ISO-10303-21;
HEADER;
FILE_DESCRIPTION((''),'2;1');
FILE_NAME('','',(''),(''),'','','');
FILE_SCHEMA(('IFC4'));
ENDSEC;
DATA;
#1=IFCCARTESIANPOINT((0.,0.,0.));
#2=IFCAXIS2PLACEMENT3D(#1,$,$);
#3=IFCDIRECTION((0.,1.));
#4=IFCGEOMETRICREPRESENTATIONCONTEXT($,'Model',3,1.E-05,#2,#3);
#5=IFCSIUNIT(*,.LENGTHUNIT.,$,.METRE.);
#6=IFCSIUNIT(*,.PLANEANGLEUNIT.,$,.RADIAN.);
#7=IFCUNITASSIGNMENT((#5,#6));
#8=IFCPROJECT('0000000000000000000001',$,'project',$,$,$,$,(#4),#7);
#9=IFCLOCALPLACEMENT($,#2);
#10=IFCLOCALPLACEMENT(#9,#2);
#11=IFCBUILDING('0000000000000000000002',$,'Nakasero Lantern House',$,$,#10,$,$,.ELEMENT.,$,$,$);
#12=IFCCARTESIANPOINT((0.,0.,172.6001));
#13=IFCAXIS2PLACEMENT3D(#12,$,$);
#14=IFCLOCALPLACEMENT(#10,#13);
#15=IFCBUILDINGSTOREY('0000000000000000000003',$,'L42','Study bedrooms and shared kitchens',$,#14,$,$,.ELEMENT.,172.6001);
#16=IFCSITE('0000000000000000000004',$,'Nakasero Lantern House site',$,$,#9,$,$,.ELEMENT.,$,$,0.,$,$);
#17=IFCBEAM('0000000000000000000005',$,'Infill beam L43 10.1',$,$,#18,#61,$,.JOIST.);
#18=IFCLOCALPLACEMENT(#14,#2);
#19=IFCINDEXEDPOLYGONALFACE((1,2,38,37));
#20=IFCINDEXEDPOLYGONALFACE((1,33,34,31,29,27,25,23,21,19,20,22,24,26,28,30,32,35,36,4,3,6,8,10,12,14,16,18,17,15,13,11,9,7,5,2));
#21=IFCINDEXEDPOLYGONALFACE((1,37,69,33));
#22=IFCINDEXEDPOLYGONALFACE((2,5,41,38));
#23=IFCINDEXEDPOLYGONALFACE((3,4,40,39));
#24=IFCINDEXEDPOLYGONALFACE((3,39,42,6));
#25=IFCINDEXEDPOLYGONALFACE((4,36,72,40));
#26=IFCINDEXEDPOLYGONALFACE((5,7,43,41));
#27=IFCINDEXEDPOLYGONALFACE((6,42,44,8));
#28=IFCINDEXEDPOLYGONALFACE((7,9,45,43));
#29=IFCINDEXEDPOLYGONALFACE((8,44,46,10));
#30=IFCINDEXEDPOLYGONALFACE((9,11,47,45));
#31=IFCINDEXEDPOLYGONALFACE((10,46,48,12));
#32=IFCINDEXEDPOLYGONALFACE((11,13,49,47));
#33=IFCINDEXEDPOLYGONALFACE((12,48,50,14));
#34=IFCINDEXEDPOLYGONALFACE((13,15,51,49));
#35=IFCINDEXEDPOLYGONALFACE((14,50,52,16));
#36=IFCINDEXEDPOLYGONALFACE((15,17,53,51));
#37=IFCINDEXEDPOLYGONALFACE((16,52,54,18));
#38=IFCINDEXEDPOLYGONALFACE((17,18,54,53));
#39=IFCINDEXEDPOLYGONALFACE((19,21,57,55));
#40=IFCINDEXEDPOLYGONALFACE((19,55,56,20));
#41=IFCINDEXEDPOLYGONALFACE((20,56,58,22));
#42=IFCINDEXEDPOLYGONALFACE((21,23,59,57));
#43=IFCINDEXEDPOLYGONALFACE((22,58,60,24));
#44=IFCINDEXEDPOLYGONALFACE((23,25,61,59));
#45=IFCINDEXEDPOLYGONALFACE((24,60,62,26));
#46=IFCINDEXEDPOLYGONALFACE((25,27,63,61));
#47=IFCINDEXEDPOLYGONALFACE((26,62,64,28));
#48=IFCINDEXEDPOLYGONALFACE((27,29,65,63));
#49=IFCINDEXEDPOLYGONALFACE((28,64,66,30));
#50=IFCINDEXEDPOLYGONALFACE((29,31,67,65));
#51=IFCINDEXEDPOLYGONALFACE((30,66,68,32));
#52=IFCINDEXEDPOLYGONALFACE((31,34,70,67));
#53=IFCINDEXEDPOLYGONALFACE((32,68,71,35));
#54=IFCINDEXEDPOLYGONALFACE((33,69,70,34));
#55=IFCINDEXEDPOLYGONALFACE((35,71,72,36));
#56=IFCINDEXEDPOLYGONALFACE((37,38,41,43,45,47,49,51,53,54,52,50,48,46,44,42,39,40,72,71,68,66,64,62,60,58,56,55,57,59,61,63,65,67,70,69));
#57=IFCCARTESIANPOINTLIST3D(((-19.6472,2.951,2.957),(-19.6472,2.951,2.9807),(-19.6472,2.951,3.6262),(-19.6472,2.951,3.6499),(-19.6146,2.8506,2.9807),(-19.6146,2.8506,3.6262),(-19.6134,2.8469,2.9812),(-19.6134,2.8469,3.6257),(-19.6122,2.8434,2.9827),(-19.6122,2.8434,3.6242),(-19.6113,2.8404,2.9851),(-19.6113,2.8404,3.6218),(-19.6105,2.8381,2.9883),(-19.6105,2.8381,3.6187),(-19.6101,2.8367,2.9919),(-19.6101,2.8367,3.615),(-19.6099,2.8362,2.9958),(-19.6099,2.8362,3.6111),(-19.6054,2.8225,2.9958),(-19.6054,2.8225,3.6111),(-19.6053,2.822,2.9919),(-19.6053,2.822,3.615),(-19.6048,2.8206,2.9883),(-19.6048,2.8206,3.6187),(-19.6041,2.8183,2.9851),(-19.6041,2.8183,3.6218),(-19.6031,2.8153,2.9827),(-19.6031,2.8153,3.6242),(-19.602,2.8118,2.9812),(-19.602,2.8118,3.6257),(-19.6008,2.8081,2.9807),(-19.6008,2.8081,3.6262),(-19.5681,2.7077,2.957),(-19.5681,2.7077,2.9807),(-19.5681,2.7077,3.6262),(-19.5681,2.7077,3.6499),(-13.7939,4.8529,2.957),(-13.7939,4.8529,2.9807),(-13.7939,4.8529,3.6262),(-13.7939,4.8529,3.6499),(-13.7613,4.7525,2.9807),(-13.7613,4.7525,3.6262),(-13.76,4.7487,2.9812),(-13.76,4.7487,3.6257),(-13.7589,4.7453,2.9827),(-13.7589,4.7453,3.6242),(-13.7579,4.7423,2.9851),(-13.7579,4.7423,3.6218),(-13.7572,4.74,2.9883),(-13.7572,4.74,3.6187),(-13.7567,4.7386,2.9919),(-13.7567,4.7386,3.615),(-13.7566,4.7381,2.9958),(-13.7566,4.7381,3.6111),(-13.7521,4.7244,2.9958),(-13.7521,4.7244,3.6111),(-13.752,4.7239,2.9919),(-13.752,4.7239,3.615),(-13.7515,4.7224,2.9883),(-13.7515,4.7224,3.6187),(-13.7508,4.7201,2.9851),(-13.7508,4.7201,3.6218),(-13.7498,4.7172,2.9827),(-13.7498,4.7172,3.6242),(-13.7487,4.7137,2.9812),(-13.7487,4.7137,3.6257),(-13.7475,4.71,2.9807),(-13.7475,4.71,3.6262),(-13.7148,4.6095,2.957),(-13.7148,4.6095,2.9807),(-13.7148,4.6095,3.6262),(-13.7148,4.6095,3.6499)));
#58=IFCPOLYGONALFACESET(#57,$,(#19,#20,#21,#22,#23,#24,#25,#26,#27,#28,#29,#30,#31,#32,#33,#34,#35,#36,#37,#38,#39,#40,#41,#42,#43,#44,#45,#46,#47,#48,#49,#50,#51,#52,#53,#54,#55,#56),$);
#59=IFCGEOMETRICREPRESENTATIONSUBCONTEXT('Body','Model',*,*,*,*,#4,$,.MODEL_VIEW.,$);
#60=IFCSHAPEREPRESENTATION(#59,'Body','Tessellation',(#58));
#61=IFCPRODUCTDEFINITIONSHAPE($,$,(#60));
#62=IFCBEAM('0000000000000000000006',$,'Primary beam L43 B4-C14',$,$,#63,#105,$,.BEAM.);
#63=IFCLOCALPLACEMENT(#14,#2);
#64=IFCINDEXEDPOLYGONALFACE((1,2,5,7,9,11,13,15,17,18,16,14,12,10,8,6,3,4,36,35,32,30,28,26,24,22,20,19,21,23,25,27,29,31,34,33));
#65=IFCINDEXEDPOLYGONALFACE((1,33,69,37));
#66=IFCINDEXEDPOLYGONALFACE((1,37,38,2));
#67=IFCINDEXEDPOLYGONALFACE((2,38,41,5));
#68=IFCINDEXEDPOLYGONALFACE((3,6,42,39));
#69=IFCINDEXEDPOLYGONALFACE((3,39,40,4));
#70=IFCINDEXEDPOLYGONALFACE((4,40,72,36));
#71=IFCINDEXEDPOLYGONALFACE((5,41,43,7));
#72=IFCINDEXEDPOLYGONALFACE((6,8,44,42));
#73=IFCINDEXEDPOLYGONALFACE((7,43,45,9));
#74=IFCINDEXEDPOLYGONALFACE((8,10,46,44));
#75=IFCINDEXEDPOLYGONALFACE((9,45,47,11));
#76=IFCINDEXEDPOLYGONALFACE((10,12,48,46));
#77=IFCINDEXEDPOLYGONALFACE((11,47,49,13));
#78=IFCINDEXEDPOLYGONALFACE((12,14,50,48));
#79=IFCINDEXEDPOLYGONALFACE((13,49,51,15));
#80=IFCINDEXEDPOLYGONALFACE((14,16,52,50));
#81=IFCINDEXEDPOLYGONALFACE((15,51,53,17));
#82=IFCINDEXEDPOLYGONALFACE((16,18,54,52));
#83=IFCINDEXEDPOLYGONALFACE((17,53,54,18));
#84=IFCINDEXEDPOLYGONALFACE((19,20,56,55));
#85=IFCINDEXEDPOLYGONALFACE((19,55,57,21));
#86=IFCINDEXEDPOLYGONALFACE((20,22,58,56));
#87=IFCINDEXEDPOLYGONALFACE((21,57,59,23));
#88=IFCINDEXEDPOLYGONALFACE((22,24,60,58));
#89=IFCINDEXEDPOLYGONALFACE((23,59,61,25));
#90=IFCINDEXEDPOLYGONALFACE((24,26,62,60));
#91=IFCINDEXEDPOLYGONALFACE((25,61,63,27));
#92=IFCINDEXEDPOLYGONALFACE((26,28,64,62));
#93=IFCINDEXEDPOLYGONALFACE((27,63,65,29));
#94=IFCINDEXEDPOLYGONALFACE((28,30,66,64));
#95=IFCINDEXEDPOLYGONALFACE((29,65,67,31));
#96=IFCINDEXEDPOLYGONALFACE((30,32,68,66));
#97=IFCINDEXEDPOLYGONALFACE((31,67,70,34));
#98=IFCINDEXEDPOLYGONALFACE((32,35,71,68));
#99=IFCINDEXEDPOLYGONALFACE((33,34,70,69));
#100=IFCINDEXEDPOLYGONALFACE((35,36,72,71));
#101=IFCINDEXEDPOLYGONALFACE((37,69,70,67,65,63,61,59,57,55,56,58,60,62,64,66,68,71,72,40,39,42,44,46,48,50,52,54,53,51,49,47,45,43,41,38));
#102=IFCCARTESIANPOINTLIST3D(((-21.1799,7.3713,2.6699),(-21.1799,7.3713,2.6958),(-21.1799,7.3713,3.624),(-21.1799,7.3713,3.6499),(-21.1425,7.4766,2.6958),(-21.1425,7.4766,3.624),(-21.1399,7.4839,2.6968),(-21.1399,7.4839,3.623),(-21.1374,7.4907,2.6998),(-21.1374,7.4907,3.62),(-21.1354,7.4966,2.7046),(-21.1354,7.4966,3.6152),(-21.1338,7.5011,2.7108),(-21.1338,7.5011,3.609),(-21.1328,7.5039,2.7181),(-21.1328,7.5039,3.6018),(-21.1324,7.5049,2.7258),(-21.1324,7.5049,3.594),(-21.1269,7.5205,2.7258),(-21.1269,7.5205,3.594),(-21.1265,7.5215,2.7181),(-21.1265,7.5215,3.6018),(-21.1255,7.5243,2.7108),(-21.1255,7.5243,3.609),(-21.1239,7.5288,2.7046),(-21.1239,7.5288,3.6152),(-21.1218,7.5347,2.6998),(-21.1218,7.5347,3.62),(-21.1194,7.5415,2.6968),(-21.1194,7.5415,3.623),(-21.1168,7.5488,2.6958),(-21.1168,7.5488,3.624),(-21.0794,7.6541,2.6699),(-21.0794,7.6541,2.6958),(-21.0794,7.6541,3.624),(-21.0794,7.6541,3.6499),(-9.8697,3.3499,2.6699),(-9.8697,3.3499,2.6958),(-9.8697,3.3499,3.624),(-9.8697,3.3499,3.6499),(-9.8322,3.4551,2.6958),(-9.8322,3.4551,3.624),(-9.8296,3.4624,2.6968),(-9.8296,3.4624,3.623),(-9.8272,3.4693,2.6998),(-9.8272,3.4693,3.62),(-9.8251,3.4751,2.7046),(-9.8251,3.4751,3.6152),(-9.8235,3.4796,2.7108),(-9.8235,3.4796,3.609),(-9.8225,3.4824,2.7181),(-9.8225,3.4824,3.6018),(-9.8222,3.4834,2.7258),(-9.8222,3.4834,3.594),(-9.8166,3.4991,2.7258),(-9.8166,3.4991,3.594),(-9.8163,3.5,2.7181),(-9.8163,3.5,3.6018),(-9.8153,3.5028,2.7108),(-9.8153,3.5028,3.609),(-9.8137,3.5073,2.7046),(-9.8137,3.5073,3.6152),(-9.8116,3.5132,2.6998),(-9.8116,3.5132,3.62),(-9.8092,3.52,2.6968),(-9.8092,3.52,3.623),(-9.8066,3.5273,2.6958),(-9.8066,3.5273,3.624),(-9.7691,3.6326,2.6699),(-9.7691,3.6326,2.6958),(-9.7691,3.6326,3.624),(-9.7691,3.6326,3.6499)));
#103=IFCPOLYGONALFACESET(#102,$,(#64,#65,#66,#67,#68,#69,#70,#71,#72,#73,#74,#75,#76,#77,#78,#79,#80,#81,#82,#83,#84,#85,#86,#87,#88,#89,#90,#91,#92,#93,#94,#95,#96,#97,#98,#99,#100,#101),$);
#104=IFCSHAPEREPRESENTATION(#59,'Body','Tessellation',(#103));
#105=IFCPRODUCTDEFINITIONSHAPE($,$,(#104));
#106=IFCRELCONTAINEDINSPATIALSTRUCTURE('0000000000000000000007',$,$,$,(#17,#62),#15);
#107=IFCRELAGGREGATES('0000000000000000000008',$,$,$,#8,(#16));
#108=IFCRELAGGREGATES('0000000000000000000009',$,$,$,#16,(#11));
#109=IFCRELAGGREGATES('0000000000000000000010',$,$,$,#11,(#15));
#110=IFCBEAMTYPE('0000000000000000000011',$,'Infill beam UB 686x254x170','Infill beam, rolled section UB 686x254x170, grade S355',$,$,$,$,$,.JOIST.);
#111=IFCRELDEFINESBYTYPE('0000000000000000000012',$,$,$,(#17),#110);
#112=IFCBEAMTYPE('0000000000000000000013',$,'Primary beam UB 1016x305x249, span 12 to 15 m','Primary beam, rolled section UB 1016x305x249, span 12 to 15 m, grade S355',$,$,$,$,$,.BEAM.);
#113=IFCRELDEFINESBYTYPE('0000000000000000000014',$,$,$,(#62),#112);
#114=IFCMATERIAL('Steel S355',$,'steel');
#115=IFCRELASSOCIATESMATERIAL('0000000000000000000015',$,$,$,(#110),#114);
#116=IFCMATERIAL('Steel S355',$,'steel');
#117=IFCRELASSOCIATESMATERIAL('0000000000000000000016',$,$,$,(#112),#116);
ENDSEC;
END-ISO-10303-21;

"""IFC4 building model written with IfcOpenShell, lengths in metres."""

from ifc_helpers import new_model, si_unit, direction, frame, origin, origin_2d, place, context, subcontext, project, spatial, i_section, extrude, material, material_profile, profile_set, type_object, element, save


model = new_model("IFC4")

# Units and contexts
model_context = context("Model", 3, precision=1e-05, world=origin(), true_north=direction((0.0, 1.0)))
body_context = subcontext(model_context, "Body", "Model", "MODEL_VIEW")
ifc_project = project(units=[si_unit("LENGTHUNIT", "METRE"), si_unit("PLANEANGLEUNIT", "RADIAN")], contexts=[model_context])

# Site, building, storey
site_placement = place(None, origin())
site = spatial("IfcSite", under=ifc_project, at=site_placement, Name="Nakasero Lantern House site", CompositionType="ELEMENT", RefElevation=0.0)
building_placement = place(site_placement, origin())
building = spatial("IfcBuilding", under=site, at=building_placement, Name="Nakasero Lantern House", CompositionType="ELEMENT")
storey_placement = place(building_placement, frame((0.0, 0.0, 172.6001)))
storey = spatial("IfcBuildingStorey", under=building, at=storey_placement, Name="L42", Description="Study bedrooms and shared kitchens", CompositionType="ELEMENT", Elevation=172.6001)

# Beams
ifc_material_1 = material(Name="Steel S355", Category="steel")
ifc_material_profile_1 = material_profile(ifc_material_1, i_section(OverallWidth=0.2559, OverallDepth=0.6929, WebThickness=0.0144, FlangeThickness=0.0237, FilletRadius=0.0151, at=origin_2d()), Name="UB 686x254x170")
ifc_profile_set_1 = profile_set([ifc_material_profile_1], Name="Steel S355")
beam_type_1 = type_object("IfcBeamType", Name="Infill beam UB 686x254x170", Description="Infill beam, rolled section UB 686x254x170, grade S355", PredefinedType="JOIST", material=ifc_profile_set_1)
beam_1_placement = place(storey_placement, frame((-19.6077, 2.8293, 3.3035), z_axis=(0.951056, 0.309019, 0.0), x_axis=(-0.309019, 0.951056, 0.0)))
element("IfcBeam", 1, at=beam_1_placement, inside=storey, type_object=beam_type_1, Name="Infill beam L43 10.1", PredefinedType="JOIST", context=body_context, shape_type="SweptSolid", body=[
    extrude(i_section(OverallWidth=0.2559, OverallDepth=0.6929, WebThickness=0.0144, FlangeThickness=0.0237, FilletRadius=0.0151, at=origin_2d()), origin(), (0.0, 0.0, 1.0), 6.1545),
])
ifc_material_2 = material(Name="Steel S355", Category="steel")
ifc_material_profile_2 = material_profile(ifc_material_2, i_section(OverallWidth=0.3, OverallDepth=0.98, WebThickness=0.0166, FlangeThickness=0.0259, FilletRadius=0.03, at=origin_2d()), Name="UB 1016x305x249")
ifc_profile_set_2 = profile_set([ifc_material_profile_2], Name="Steel S355")
beam_type_2 = type_object("IfcBeamType", Name="Primary beam UB 1016x305x249, span 12 to 15 m", Description="Primary beam, rolled section UB 1016x305x249, span 12 to 15 m, grade S355", PredefinedType="BEAM", material=ifc_profile_set_2)
beam_2_placement = place(storey_placement, frame((-21.1296, 7.5127, 3.1599), z_axis=(0.942214, -0.335013, 0.0), x_axis=(0.335013, 0.942214, 0.0)))
element("IfcBeam", 2, at=beam_2_placement, inside=storey, type_object=beam_type_2, Name="Primary beam L43 B4-C14", PredefinedType="BEAM", context=body_context, shape_type="SweptSolid", body=[
    extrude(i_section(OverallWidth=0.3, OverallDepth=0.98, WebThickness=0.0166, FlangeThickness=0.0259, FilletRadius=0.03, at=origin_2d()), origin(), (0.0, 0.0, 1.0), 12.0039),
])

save(model, "model.ifc")
